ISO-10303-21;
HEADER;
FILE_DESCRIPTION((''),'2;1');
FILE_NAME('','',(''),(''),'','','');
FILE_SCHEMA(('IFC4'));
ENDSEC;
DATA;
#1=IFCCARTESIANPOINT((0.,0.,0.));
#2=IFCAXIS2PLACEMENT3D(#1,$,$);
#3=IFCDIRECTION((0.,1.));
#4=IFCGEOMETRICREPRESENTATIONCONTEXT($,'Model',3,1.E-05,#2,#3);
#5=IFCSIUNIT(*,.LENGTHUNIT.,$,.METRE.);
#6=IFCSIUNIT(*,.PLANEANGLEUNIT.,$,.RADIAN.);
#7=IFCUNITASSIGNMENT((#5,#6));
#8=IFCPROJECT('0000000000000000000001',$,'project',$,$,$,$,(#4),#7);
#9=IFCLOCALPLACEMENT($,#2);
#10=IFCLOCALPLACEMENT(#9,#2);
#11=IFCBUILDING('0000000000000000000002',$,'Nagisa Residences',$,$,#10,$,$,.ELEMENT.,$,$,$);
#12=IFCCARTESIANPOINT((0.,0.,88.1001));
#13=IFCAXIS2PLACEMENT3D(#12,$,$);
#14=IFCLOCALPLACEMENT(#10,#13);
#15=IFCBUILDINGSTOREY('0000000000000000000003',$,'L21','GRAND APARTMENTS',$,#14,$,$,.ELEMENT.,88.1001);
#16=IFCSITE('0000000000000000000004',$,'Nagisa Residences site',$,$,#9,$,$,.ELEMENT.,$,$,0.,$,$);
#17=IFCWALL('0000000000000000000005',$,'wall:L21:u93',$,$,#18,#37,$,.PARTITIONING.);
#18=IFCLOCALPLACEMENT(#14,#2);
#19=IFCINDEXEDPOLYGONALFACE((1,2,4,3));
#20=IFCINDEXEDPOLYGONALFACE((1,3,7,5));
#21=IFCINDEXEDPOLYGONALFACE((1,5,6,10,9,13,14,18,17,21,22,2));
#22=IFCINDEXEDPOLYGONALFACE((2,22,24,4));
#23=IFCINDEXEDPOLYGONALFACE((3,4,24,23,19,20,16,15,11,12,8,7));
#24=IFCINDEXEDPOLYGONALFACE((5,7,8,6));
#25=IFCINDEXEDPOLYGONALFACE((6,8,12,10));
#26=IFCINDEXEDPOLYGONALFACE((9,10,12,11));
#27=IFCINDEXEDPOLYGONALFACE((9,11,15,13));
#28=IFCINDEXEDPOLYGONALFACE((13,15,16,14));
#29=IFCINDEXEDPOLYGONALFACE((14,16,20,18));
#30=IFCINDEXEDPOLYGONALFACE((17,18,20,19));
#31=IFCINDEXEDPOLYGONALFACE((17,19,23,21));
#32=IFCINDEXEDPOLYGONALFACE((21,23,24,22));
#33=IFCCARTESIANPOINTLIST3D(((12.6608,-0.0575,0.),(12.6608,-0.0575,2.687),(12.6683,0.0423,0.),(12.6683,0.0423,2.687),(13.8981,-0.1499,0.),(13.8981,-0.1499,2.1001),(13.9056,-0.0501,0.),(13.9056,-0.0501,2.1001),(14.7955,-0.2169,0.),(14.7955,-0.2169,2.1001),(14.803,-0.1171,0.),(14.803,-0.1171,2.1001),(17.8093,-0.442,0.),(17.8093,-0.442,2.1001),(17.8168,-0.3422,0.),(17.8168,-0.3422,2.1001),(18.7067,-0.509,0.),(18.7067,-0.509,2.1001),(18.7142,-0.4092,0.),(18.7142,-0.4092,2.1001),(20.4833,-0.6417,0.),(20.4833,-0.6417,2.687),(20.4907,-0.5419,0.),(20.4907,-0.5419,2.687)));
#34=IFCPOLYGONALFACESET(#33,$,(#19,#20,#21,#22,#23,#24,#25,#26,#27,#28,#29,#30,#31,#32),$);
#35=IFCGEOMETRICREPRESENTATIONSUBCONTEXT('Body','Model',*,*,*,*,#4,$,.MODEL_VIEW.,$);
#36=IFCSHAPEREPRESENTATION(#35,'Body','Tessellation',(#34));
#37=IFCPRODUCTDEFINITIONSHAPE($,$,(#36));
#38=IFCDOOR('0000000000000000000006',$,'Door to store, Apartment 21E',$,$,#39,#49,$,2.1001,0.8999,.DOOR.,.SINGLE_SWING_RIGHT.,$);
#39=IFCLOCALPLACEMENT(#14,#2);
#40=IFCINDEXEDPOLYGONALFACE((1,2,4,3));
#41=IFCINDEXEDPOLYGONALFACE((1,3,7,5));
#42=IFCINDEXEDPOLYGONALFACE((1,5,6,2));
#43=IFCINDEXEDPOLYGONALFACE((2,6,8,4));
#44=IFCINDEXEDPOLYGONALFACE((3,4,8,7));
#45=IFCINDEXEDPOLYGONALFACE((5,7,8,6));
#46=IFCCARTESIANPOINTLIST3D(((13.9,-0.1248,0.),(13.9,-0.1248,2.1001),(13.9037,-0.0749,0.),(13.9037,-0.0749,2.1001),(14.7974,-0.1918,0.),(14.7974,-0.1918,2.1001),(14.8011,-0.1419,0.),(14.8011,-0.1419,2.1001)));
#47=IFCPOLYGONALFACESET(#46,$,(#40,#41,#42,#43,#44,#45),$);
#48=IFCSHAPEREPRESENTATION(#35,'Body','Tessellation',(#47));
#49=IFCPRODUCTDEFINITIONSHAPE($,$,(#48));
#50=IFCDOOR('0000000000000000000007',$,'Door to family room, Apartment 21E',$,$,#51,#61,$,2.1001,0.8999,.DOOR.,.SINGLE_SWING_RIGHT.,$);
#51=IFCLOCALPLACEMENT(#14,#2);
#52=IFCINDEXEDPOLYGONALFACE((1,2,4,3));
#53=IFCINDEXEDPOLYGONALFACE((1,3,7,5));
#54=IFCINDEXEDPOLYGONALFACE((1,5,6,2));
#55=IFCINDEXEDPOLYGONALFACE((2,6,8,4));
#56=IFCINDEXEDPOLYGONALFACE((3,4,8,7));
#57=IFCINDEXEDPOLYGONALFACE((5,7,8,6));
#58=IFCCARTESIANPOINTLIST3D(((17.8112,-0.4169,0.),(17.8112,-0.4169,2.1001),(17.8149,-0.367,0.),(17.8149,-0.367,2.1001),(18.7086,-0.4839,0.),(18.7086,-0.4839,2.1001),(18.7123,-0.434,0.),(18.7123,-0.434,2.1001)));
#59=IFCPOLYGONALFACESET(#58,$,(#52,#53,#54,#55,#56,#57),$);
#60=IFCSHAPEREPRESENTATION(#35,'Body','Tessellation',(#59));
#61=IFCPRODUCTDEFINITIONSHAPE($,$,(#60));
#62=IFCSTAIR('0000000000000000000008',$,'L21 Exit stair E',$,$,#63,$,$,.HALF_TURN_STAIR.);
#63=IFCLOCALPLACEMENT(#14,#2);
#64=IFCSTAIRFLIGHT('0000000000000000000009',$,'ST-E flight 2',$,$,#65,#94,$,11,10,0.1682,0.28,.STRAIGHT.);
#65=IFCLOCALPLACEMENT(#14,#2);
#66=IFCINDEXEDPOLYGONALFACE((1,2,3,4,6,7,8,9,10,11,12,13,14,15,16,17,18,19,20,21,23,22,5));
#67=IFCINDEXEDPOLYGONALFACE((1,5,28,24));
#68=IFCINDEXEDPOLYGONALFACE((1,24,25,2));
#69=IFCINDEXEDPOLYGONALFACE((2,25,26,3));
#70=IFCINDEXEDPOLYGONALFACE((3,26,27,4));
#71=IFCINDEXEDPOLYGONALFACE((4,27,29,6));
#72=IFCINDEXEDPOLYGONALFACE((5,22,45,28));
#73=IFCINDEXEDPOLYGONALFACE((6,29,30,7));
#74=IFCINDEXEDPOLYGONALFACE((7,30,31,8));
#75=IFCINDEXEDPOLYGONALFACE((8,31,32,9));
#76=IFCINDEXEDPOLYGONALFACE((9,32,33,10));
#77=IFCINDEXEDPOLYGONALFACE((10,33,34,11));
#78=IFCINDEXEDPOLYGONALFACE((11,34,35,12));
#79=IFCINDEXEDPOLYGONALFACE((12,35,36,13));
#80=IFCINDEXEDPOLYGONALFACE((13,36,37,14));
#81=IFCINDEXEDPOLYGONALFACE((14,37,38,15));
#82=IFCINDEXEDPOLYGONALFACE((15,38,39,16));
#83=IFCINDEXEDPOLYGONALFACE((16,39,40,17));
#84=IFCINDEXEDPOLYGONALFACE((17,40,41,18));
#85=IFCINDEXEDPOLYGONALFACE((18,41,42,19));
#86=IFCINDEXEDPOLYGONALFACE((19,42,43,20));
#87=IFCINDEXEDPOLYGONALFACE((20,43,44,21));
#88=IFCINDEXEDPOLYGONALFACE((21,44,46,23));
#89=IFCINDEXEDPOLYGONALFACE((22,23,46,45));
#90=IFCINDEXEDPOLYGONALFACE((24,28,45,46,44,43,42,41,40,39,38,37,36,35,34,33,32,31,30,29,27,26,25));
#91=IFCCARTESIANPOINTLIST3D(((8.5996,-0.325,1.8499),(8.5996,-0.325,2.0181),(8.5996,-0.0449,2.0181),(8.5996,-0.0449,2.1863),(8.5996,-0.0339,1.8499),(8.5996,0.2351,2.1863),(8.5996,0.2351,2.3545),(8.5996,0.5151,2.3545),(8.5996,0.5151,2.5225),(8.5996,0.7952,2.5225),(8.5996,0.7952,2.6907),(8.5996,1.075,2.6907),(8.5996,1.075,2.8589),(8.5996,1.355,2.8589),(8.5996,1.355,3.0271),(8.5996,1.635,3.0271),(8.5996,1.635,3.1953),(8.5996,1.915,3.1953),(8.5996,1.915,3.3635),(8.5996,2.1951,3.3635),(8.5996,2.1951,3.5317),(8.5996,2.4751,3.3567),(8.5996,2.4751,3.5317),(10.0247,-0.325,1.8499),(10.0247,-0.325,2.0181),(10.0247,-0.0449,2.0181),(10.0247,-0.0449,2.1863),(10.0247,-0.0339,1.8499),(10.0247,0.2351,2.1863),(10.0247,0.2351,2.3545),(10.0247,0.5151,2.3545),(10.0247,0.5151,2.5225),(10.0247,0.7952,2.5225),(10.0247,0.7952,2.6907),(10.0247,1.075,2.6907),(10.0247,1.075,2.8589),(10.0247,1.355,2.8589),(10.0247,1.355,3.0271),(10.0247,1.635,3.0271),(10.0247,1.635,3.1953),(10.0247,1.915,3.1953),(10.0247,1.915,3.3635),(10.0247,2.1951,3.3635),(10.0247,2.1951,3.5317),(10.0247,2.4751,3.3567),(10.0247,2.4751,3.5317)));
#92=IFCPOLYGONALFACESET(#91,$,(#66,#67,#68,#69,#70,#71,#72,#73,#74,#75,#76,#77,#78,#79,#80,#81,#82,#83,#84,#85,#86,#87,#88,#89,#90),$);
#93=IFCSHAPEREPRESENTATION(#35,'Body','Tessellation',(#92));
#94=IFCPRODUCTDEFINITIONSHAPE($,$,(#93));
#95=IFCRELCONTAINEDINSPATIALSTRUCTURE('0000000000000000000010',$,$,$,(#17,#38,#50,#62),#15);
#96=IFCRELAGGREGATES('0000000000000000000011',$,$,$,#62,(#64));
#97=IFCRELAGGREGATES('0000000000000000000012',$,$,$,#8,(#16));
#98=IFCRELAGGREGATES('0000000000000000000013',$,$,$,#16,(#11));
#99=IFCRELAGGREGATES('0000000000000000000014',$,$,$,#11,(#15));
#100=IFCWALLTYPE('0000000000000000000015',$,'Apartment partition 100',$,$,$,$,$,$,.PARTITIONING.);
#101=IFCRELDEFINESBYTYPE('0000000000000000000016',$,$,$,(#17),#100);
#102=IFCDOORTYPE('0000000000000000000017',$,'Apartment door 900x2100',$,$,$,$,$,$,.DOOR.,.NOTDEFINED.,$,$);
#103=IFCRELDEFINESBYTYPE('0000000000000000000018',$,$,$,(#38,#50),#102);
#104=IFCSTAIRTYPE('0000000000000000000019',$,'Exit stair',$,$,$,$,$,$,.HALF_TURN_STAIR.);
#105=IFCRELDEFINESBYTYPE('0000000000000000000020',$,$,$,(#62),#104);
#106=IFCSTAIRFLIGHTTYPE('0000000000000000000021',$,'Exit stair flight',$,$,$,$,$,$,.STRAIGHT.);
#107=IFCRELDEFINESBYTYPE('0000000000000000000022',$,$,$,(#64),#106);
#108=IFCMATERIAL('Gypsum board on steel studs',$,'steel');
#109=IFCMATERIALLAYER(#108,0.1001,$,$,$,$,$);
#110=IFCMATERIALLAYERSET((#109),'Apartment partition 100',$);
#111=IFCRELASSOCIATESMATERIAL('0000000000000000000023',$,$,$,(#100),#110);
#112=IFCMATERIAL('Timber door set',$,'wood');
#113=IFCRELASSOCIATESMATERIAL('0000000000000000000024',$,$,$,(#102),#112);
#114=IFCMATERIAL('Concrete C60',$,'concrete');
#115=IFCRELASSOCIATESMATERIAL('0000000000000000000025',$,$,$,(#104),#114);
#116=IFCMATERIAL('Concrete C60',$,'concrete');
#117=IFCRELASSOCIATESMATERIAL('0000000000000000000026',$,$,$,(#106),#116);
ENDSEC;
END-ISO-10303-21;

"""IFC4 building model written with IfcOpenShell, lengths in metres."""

from ifc_helpers import new_model, si_unit, direction, frame, frame_2d, origin, place, context, subcontext, project, spatial, polyline, rectangle, outline, extrude, material, layer, layer_set, type_object, element, fill, aggregate, save


model = new_model("IFC4")

# Units and contexts
model_context = context("Model", 3, precision=1e-05, world=origin(), true_north=direction((0.0, 1.0)))
body_context = subcontext(model_context, "Body", "Model", "MODEL_VIEW")
ifc_project = project(units=[si_unit("LENGTHUNIT", "METRE"), si_unit("PLANEANGLEUNIT", "RADIAN")], contexts=[model_context])

# Site, building, storey
site_placement = place(None, origin())
site = spatial("IfcSite", under=ifc_project, at=site_placement, Name="Nagisa Residences site", CompositionType="ELEMENT", RefElevation=0.0)
building_placement = place(site_placement, origin())
building = spatial("IfcBuilding", under=site, at=building_placement, Name="Nagisa Residences", CompositionType="ELEMENT")
storey_placement = place(building_placement, frame((0.0, 0.0, 88.1001)))
storey = spatial("IfcBuildingStorey", under=building, at=storey_placement, Name="L21", Description="GRAND APARTMENTS", CompositionType="ELEMENT", Elevation=88.1001)

# Shared definitions
ifc_material_1 = material(Name="Gypsum board on steel studs", Category="steel")
ifc_layer_1 = layer(ifc_material_1, 0.1001)
ifc_layer_set_1 = layer_set([ifc_layer_1], Name="Apartment partition 100")
wall_type_1 = type_object("IfcWallType", Name="Apartment partition 100", PredefinedType="PARTITIONING", material=ifc_layer_set_1)
ifc_material_2 = material(Name="Timber door set", Category="wood")
door_type_1 = type_object("IfcDoorType", Name="Apartment door 900x2100", OperationType="NOTDEFINED", PredefinedType="DOOR", material=ifc_material_2)

# Wall, openings, doors
wall_1_placement = place(storey_placement, frame((12.6646, -0.0076, 0.0), z_axis=(0.0, 0.0, 1.0), x_axis=(0.997223, -0.074478, 0.0)))
wall_1 = element("IfcWall", 1, at=wall_1_placement, inside=storey, type_object=wall_type_1, Name="wall:L21:u93", PredefinedType="PARTITIONING", context=body_context, shape_type="SweptSolid", body=[
    extrude(rectangle(XDim=7.8442, YDim=0.1001, at=frame_2d((3.9221, 0.0))), origin(), (0.0, 0.0, 1.0), 2.687),
])
opening_1_placement = place(wall_1_placement, frame((1.2407, 0.0, 0.0)))
opening_1 = element("IfcOpeningElement", 2, at=opening_1_placement, cuts=wall_1, PredefinedType="OPENING", context=body_context, shape_type="SweptSolid", body=[
    extrude(rectangle(XDim=0.8999, YDim=2.1001, at=frame_2d((0.45, 1.05))), frame((0.0, 0.0601, 0.0), z_axis=(0.0, -1.0, 0.0), x_axis=(1.0, 0.0, 0.0)), (0.0, 0.0, 1.0), 0.1201),
])
opening_2_placement = place(wall_1_placement, frame((5.1628, 0.0, 0.0)))
opening_2 = element("IfcOpeningElement", 3, at=opening_2_placement, cuts=wall_1, PredefinedType="OPENING", context=body_context, shape_type="SweptSolid", body=[
    extrude(rectangle(XDim=0.8999, YDim=2.1001, at=frame_2d((0.45, 1.05))), frame((0.0, 0.0601, 0.0), z_axis=(0.0, -1.0, 0.0), x_axis=(1.0, 0.0, 0.0)), (0.0, 0.0, 1.0), 0.1201),
])
door_1_placement = place(opening_1_placement, frame((0.8999, 0.0, 0.0), x_axis=(-1.0, 0.0, 0.0)))
door_1 = element("IfcDoor", 4, at=door_1_placement, inside=storey, type_object=door_type_1, Name="Door to store, Apartment 21E", OperationType="SINGLE_SWING_RIGHT", OverallHeight=2.1001, OverallWidth=0.8999, PredefinedType="DOOR", context=body_context, shape_type="SweptSolid", body=[
    extrude(rectangle(XDim=0.8999, YDim=2.1001, at=frame_2d((0.45, 1.05))), frame((0.0, 0.0249, 0.0), z_axis=(0.0, -1.0, 0.0), x_axis=(1.0, 0.0, 0.0)), (0.0, 0.0, 1.0), 0.05),
])
fill(opening_1, door_1)
door_2_placement = place(opening_2_placement, frame((0.8999, 0.0, 0.0), x_axis=(-1.0, 0.0, 0.0)))
door_2 = element("IfcDoor", 5, at=door_2_placement, inside=storey, type_object=door_type_1, Name="Door to family room, Apartment 21E", OperationType="SINGLE_SWING_RIGHT", OverallHeight=2.1001, OverallWidth=0.8999, PredefinedType="DOOR", context=body_context, shape_type="SweptSolid", body=[
    extrude(rectangle(XDim=0.8999, YDim=2.1001, at=frame_2d((0.45, 1.05))), frame((0.0, 0.0249, 0.0), z_axis=(0.0, -1.0, 0.0), x_axis=(1.0, 0.0, 0.0)), (0.0, 0.0, 1.0), 0.05),
])
fill(opening_2, door_2)

# Stair, stair flight
ifc_material_3 = material(Name="Concrete C60", Category="concrete")
stair_type = type_object("IfcStairType", Name="Exit stair", PredefinedType="HALF_TURN_STAIR", material=ifc_material_3)
stair_placement = place(storey_placement, origin())
stair = element("IfcStair", 6, at=stair_placement, inside=storey, type_object=stair_type, Name="L21 Exit stair E", PredefinedType="HALF_TURN_STAIR")
ifc_material_4 = material(Name="Concrete C60", Category="concrete")
stair_flight_type = type_object("IfcStairFlightType", Name="Exit stair flight", PredefinedType="STRAIGHT", material=ifc_material_4)
stair_flight_placement = place(storey_placement, frame((9.312, -0.325, 1.8499), z_axis=(0.0, 0.0, 1.0), x_axis=(0.0, 1.0, 0.0)))
stair_flight = element("IfcStairFlight", 7, at=stair_flight_placement, type_object=stair_flight_type, Name="ST-E flight 2", NumberOfRisers=11, NumberOfTreads=10, PredefinedType="STRAIGHT", RiserHeight=0.1682, TreadLength=0.28, context=body_context, shape_type="SweptSolid", body=[
    extrude(outline(polyline([(0.0, 0.0), (0.0, 0.1682), (0.28, 0.1682), (0.28, 0.3364), (0.5601, 0.3364), (0.5601, 0.5046), (0.8401, 0.5046), (0.8401, 0.6726), (1.1201, 0.6726), (1.1201, 0.8408), (1.3999, 0.8408), (1.3999, 1.009), (1.6799, 1.009), (1.6799, 1.1772), (1.96, 1.1772), (1.96, 1.3455), (2.24, 1.3455), (2.24, 1.5137), (2.52, 1.5137), (2.52, 1.6819), (2.8, 1.6819), (2.8, 1.8501), (2.8, 1.5068), (0.291, 0.0), (0.0, 0.0)])), frame((0.0, 0.7124, 0.0), z_axis=(0.0, -1.0, 0.0), x_axis=(1.0, 0.0, 0.0)), (0.0, 0.0, 1.0), 1.425),
])
aggregate(stair, [stair_flight])

save(model, "model.ifc")
